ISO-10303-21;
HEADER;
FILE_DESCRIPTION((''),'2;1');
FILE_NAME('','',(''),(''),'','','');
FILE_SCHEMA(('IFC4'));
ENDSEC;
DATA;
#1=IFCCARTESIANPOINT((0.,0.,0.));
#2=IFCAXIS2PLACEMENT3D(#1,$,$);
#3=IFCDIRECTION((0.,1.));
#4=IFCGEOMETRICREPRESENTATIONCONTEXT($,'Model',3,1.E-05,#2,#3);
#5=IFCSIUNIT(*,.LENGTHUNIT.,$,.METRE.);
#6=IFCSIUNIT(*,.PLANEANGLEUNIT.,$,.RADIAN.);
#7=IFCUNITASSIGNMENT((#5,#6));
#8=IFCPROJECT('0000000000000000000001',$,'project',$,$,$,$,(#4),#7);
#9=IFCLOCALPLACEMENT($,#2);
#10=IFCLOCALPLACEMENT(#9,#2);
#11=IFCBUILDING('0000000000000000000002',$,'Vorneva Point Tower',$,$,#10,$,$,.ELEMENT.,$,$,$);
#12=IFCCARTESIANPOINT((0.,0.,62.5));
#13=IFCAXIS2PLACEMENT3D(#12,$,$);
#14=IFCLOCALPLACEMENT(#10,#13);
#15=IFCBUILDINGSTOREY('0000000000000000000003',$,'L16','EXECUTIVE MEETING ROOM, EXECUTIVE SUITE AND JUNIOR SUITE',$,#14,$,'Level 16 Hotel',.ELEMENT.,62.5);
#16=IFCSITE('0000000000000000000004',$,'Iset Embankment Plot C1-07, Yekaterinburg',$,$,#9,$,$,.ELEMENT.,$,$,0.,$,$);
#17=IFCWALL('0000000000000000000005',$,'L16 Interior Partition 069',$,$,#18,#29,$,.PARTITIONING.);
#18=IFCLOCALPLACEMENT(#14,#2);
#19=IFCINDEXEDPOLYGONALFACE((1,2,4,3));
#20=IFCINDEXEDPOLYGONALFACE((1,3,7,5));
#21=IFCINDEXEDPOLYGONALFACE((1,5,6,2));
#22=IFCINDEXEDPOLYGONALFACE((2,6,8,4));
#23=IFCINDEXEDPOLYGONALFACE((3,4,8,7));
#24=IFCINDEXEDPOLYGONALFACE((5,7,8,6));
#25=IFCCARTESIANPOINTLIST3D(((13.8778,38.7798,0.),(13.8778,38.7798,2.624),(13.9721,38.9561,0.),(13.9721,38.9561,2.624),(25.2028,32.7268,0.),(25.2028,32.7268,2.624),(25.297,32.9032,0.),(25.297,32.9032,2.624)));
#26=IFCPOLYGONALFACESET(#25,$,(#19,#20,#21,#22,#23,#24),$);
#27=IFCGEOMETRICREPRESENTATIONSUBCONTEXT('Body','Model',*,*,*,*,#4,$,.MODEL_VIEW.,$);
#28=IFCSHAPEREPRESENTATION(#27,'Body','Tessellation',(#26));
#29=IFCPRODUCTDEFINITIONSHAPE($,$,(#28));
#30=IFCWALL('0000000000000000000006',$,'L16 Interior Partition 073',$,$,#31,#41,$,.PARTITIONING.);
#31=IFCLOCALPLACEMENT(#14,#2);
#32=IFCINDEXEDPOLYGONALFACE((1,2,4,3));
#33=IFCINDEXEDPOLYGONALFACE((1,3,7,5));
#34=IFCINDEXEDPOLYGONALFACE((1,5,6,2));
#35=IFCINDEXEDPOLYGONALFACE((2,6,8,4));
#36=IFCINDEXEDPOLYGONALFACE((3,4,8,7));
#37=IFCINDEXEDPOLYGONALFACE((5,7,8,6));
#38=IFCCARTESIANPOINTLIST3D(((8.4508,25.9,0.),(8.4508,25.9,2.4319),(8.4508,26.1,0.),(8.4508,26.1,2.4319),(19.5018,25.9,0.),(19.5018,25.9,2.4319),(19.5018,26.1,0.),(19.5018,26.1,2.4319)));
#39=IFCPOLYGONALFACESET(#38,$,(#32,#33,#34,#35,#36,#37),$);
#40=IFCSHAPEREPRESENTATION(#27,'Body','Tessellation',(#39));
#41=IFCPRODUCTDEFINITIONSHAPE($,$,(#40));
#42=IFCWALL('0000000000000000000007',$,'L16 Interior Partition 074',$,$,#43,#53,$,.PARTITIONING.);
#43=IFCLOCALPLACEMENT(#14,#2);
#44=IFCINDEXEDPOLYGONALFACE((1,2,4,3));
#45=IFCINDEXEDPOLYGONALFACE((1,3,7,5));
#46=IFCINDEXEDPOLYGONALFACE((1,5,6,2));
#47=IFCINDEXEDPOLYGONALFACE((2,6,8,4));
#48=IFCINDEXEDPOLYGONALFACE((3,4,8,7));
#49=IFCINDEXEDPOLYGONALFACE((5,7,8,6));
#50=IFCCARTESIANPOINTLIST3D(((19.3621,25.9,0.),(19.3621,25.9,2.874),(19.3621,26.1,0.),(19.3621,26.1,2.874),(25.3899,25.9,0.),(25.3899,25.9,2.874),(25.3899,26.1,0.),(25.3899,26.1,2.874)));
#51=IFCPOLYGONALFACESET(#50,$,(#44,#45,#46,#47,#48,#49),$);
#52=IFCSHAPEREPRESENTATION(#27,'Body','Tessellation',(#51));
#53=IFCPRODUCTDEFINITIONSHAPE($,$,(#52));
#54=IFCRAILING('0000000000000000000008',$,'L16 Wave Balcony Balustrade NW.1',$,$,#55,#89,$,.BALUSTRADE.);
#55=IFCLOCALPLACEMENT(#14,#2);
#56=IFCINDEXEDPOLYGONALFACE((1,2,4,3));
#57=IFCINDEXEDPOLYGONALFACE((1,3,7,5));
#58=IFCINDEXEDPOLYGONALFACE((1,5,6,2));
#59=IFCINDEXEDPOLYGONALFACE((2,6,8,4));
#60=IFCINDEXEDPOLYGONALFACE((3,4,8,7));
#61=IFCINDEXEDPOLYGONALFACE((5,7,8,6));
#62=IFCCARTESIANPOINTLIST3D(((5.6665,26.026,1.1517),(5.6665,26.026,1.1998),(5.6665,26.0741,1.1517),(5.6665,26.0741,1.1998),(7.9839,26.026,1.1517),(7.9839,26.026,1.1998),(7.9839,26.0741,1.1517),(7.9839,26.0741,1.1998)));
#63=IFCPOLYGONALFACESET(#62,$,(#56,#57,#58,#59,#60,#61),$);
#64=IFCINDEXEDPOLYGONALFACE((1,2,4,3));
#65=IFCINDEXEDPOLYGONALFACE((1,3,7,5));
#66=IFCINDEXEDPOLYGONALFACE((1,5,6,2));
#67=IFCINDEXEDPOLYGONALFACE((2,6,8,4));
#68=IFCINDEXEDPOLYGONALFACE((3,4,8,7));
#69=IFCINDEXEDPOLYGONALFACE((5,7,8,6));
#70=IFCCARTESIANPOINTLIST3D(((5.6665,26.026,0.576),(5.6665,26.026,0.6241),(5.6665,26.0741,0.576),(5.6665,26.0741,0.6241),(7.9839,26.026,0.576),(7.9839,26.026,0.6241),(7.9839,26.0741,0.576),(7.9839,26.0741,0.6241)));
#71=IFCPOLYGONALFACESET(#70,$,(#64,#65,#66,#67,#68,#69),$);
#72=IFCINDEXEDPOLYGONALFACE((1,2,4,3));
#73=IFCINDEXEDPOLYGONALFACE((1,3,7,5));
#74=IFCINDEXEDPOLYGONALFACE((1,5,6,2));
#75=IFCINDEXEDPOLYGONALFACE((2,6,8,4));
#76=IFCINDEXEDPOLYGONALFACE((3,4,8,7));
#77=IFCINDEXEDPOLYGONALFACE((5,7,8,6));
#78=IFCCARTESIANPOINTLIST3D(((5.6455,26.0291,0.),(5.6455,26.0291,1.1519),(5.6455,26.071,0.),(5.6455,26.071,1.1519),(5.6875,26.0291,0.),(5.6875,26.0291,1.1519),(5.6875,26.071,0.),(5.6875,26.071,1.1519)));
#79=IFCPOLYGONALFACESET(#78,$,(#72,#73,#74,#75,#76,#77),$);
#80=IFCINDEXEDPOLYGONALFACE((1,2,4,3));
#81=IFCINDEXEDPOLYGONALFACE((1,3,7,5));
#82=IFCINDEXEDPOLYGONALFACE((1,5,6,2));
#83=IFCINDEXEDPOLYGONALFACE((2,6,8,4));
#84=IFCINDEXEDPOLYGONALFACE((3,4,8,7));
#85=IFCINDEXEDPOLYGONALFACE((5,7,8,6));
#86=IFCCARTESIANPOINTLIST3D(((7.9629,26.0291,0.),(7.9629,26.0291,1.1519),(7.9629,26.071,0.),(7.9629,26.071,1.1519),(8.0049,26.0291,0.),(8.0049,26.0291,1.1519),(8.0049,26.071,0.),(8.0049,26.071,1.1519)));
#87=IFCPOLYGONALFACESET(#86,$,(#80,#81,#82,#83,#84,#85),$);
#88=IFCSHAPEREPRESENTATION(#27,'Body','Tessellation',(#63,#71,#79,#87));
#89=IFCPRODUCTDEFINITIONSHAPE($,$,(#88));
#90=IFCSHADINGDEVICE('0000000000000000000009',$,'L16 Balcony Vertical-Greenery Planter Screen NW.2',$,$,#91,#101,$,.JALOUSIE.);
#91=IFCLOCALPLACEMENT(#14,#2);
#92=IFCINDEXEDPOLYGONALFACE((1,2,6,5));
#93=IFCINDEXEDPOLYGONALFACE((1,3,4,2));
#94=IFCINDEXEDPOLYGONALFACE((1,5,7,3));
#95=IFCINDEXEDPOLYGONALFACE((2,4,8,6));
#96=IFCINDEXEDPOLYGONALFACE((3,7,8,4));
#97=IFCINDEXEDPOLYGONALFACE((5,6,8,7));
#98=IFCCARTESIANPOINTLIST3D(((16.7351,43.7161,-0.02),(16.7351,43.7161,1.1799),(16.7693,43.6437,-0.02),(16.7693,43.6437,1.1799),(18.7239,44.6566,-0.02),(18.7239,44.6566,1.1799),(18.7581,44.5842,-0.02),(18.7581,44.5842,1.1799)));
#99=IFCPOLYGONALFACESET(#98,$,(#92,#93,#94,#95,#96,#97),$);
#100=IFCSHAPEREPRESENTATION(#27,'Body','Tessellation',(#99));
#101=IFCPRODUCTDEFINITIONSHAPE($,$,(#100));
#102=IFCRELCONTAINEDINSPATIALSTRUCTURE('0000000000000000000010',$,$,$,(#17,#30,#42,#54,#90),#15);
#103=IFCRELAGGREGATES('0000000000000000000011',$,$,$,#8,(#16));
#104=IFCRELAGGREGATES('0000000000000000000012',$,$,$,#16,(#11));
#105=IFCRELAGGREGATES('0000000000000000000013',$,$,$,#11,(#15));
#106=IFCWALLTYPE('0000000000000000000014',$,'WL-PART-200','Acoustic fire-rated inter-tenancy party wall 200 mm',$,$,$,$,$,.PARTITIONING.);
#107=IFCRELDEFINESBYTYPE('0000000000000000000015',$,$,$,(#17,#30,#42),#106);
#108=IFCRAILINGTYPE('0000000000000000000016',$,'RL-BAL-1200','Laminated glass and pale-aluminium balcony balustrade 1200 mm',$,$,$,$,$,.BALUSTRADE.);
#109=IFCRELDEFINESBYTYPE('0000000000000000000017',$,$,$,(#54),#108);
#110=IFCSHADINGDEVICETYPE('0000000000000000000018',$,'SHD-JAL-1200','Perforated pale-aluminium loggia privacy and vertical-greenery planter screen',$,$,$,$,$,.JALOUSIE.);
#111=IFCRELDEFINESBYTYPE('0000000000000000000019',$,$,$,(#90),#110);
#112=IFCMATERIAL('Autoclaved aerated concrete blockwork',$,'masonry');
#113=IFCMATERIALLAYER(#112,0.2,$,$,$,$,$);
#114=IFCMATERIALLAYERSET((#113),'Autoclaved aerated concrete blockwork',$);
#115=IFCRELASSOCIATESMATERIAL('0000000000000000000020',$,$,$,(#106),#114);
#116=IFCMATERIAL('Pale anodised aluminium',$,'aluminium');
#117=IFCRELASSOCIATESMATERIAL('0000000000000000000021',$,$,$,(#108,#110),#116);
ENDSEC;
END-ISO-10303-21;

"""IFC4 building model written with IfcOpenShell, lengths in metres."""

from ifc_helpers import new_model, si_unit, direction, frame, frame_2d, origin, origin_2d, place, context, subcontext, project, spatial, rectangle, extrude, material, layer, layer_set, type_object, element, save


model = new_model("IFC4")

# Units and contexts
model_context = context("Model", 3, precision=1e-05, world=origin(), true_north=direction((0.0, 1.0)))
body_context = subcontext(model_context, "Body", "Model", "MODEL_VIEW")
ifc_project = project(units=[si_unit("LENGTHUNIT", "METRE"), si_unit("PLANEANGLEUNIT", "RADIAN")], contexts=[model_context])

# Site, building, storey
site_placement = place(None, origin())
site = spatial("IfcSite", under=ifc_project, at=site_placement, Name="Iset Embankment Plot C1-07, Yekaterinburg", CompositionType="ELEMENT", RefElevation=0.0)
building_placement = place(site_placement, origin())
building = spatial("IfcBuilding", under=site, at=building_placement, Name="Vorneva Point Tower", CompositionType="ELEMENT")
storey_placement = place(building_placement, frame((0.0, 0.0, 62.5)))
storey = spatial("IfcBuildingStorey", under=building, at=storey_placement, Name="L16", Description="EXECUTIVE MEETING ROOM, EXECUTIVE SUITE AND JUNIOR SUITE", LongName="Level 16 Hotel", CompositionType="ELEMENT", Elevation=62.5)

# Shared definitions
ifc_material_1 = material(Name="Pale anodised aluminium", Category="aluminium")

# Walls
ifc_material_2 = material(Name="Autoclaved aerated concrete blockwork", Category="masonry")
ifc_layer_1 = layer(ifc_material_2, 0.2)
ifc_layer_set_1 = layer_set([ifc_layer_1], Name="Autoclaved aerated concrete blockwork")
wall_type_1 = type_object("IfcWallType", Name="WL-PART-200", Description="Acoustic fire-rated inter-tenancy party wall 200 mm", PredefinedType="PARTITIONING", material=ifc_layer_set_1)
wall_1_placement = place(storey_placement, frame((13.925, 38.8679, 0.0), z_axis=(0.0, 0.0, 1.0), x_axis=(0.881932, -0.471377, 0.0)))
element("IfcWall", 1, at=wall_1_placement, inside=storey, type_object=wall_type_1, Name="L16 Interior Partition 069", PredefinedType="PARTITIONING", context=body_context, shape_type="SweptSolid", body=[
    extrude(rectangle(XDim=12.8411, YDim=0.2, at=frame_2d((6.4204, 0.0))), origin(), (0.0, 0.0, 1.0), 2.624),
])
wall_2_placement = place(storey_placement, frame((8.4509, 26.0, 0.0), z_axis=(0.0, 0.0, 1.0), x_axis=(1.0, 0.0, 0.0)))
element("IfcWall", 2, at=wall_2_placement, inside=storey, type_object=wall_type_1, Name="L16 Interior Partition 073", PredefinedType="PARTITIONING", context=body_context, shape_type="SweptSolid", body=[
    extrude(rectangle(XDim=11.051, YDim=0.2, at=frame_2d((5.5254, 0.0))), origin(), (0.0, 0.0, 1.0), 2.4319),
])
wall_3_placement = place(storey_placement, frame((19.3621, 26.0, 0.0), z_axis=(0.0, 0.0, 1.0), x_axis=(1.0, 0.0, 0.0)))
element("IfcWall", 3, at=wall_3_placement, inside=storey, type_object=wall_type_1, Name="L16 Interior Partition 074", PredefinedType="PARTITIONING", context=body_context, shape_type="SweptSolid", body=[
    extrude(rectangle(XDim=6.0278, YDim=0.2, at=frame_2d((3.0139, 0.0))), origin(), (0.0, 0.0, 1.0), 2.874),
])

# Railing
railing_type = type_object("IfcRailingType", Name="RL-BAL-1200", Description="Laminated glass and pale-aluminium balcony balustrade 1200 mm", PredefinedType="BALUSTRADE", material=ifc_material_1)
railing_placement = place(storey_placement, frame((5.6665, 26.05, 0.0)))
element("IfcRailing", 4, at=railing_placement, inside=storey, type_object=railing_type, Name="L16 Wave Balcony Balustrade NW.1", PredefinedType="BALUSTRADE", context=body_context, shape_type="SweptSolid", body=[
    extrude(rectangle(XDim=0.0481, YDim=0.0481, at=origin_2d()), frame((0.0, 0.0, 1.1758), z_axis=(1.0, 0.0, 0.0), x_axis=(0.0, 1.0, 0.0)), (0.0, 0.0, 1.0), 2.3174),
    extrude(rectangle(XDim=0.0481, YDim=0.0481, at=origin_2d()), frame((0.0, 0.0, 0.6001), z_axis=(1.0, 0.0, 0.0), x_axis=(0.0, 1.0, 0.0)), (0.0, 0.0, 1.0), 2.3174),
    extrude(rectangle(XDim=0.042, YDim=0.042, at=origin_2d()), origin(), (0.0, 0.0, 1.0), 1.1519),
    extrude(rectangle(XDim=0.042, YDim=0.042, at=origin_2d()), frame((2.3174, 0.0, 0.0)), (0.0, 0.0, 1.0), 1.1519),
])

# Shading device
shading_device_type = type_object("IfcShadingDeviceType", Name="SHD-JAL-1200", Description="Perforated pale-aluminium loggia privacy and vertical-greenery planter screen", PredefinedType="JALOUSIE", material=ifc_material_1)
shading_device_placement = place(storey_placement, frame((17.7466, 44.1501, -0.02), z_axis=(0.0, 0.0, 1.0), x_axis=(-0.904023, -0.427484, 0.0)))
element("IfcShadingDevice", 5, at=shading_device_placement, inside=storey, type_object=shading_device_type, Name="L16 Balcony Vertical-Greenery Planter Screen NW.2", PredefinedType="JALOUSIE", context=body_context, shape_type="SweptSolid", body=[
    extrude(rectangle(XDim=2.2, YDim=0.0801, at=origin_2d()), origin(), (0.0, 0.0, 1.0), 1.2),
])

save(model, "model.ifc")
